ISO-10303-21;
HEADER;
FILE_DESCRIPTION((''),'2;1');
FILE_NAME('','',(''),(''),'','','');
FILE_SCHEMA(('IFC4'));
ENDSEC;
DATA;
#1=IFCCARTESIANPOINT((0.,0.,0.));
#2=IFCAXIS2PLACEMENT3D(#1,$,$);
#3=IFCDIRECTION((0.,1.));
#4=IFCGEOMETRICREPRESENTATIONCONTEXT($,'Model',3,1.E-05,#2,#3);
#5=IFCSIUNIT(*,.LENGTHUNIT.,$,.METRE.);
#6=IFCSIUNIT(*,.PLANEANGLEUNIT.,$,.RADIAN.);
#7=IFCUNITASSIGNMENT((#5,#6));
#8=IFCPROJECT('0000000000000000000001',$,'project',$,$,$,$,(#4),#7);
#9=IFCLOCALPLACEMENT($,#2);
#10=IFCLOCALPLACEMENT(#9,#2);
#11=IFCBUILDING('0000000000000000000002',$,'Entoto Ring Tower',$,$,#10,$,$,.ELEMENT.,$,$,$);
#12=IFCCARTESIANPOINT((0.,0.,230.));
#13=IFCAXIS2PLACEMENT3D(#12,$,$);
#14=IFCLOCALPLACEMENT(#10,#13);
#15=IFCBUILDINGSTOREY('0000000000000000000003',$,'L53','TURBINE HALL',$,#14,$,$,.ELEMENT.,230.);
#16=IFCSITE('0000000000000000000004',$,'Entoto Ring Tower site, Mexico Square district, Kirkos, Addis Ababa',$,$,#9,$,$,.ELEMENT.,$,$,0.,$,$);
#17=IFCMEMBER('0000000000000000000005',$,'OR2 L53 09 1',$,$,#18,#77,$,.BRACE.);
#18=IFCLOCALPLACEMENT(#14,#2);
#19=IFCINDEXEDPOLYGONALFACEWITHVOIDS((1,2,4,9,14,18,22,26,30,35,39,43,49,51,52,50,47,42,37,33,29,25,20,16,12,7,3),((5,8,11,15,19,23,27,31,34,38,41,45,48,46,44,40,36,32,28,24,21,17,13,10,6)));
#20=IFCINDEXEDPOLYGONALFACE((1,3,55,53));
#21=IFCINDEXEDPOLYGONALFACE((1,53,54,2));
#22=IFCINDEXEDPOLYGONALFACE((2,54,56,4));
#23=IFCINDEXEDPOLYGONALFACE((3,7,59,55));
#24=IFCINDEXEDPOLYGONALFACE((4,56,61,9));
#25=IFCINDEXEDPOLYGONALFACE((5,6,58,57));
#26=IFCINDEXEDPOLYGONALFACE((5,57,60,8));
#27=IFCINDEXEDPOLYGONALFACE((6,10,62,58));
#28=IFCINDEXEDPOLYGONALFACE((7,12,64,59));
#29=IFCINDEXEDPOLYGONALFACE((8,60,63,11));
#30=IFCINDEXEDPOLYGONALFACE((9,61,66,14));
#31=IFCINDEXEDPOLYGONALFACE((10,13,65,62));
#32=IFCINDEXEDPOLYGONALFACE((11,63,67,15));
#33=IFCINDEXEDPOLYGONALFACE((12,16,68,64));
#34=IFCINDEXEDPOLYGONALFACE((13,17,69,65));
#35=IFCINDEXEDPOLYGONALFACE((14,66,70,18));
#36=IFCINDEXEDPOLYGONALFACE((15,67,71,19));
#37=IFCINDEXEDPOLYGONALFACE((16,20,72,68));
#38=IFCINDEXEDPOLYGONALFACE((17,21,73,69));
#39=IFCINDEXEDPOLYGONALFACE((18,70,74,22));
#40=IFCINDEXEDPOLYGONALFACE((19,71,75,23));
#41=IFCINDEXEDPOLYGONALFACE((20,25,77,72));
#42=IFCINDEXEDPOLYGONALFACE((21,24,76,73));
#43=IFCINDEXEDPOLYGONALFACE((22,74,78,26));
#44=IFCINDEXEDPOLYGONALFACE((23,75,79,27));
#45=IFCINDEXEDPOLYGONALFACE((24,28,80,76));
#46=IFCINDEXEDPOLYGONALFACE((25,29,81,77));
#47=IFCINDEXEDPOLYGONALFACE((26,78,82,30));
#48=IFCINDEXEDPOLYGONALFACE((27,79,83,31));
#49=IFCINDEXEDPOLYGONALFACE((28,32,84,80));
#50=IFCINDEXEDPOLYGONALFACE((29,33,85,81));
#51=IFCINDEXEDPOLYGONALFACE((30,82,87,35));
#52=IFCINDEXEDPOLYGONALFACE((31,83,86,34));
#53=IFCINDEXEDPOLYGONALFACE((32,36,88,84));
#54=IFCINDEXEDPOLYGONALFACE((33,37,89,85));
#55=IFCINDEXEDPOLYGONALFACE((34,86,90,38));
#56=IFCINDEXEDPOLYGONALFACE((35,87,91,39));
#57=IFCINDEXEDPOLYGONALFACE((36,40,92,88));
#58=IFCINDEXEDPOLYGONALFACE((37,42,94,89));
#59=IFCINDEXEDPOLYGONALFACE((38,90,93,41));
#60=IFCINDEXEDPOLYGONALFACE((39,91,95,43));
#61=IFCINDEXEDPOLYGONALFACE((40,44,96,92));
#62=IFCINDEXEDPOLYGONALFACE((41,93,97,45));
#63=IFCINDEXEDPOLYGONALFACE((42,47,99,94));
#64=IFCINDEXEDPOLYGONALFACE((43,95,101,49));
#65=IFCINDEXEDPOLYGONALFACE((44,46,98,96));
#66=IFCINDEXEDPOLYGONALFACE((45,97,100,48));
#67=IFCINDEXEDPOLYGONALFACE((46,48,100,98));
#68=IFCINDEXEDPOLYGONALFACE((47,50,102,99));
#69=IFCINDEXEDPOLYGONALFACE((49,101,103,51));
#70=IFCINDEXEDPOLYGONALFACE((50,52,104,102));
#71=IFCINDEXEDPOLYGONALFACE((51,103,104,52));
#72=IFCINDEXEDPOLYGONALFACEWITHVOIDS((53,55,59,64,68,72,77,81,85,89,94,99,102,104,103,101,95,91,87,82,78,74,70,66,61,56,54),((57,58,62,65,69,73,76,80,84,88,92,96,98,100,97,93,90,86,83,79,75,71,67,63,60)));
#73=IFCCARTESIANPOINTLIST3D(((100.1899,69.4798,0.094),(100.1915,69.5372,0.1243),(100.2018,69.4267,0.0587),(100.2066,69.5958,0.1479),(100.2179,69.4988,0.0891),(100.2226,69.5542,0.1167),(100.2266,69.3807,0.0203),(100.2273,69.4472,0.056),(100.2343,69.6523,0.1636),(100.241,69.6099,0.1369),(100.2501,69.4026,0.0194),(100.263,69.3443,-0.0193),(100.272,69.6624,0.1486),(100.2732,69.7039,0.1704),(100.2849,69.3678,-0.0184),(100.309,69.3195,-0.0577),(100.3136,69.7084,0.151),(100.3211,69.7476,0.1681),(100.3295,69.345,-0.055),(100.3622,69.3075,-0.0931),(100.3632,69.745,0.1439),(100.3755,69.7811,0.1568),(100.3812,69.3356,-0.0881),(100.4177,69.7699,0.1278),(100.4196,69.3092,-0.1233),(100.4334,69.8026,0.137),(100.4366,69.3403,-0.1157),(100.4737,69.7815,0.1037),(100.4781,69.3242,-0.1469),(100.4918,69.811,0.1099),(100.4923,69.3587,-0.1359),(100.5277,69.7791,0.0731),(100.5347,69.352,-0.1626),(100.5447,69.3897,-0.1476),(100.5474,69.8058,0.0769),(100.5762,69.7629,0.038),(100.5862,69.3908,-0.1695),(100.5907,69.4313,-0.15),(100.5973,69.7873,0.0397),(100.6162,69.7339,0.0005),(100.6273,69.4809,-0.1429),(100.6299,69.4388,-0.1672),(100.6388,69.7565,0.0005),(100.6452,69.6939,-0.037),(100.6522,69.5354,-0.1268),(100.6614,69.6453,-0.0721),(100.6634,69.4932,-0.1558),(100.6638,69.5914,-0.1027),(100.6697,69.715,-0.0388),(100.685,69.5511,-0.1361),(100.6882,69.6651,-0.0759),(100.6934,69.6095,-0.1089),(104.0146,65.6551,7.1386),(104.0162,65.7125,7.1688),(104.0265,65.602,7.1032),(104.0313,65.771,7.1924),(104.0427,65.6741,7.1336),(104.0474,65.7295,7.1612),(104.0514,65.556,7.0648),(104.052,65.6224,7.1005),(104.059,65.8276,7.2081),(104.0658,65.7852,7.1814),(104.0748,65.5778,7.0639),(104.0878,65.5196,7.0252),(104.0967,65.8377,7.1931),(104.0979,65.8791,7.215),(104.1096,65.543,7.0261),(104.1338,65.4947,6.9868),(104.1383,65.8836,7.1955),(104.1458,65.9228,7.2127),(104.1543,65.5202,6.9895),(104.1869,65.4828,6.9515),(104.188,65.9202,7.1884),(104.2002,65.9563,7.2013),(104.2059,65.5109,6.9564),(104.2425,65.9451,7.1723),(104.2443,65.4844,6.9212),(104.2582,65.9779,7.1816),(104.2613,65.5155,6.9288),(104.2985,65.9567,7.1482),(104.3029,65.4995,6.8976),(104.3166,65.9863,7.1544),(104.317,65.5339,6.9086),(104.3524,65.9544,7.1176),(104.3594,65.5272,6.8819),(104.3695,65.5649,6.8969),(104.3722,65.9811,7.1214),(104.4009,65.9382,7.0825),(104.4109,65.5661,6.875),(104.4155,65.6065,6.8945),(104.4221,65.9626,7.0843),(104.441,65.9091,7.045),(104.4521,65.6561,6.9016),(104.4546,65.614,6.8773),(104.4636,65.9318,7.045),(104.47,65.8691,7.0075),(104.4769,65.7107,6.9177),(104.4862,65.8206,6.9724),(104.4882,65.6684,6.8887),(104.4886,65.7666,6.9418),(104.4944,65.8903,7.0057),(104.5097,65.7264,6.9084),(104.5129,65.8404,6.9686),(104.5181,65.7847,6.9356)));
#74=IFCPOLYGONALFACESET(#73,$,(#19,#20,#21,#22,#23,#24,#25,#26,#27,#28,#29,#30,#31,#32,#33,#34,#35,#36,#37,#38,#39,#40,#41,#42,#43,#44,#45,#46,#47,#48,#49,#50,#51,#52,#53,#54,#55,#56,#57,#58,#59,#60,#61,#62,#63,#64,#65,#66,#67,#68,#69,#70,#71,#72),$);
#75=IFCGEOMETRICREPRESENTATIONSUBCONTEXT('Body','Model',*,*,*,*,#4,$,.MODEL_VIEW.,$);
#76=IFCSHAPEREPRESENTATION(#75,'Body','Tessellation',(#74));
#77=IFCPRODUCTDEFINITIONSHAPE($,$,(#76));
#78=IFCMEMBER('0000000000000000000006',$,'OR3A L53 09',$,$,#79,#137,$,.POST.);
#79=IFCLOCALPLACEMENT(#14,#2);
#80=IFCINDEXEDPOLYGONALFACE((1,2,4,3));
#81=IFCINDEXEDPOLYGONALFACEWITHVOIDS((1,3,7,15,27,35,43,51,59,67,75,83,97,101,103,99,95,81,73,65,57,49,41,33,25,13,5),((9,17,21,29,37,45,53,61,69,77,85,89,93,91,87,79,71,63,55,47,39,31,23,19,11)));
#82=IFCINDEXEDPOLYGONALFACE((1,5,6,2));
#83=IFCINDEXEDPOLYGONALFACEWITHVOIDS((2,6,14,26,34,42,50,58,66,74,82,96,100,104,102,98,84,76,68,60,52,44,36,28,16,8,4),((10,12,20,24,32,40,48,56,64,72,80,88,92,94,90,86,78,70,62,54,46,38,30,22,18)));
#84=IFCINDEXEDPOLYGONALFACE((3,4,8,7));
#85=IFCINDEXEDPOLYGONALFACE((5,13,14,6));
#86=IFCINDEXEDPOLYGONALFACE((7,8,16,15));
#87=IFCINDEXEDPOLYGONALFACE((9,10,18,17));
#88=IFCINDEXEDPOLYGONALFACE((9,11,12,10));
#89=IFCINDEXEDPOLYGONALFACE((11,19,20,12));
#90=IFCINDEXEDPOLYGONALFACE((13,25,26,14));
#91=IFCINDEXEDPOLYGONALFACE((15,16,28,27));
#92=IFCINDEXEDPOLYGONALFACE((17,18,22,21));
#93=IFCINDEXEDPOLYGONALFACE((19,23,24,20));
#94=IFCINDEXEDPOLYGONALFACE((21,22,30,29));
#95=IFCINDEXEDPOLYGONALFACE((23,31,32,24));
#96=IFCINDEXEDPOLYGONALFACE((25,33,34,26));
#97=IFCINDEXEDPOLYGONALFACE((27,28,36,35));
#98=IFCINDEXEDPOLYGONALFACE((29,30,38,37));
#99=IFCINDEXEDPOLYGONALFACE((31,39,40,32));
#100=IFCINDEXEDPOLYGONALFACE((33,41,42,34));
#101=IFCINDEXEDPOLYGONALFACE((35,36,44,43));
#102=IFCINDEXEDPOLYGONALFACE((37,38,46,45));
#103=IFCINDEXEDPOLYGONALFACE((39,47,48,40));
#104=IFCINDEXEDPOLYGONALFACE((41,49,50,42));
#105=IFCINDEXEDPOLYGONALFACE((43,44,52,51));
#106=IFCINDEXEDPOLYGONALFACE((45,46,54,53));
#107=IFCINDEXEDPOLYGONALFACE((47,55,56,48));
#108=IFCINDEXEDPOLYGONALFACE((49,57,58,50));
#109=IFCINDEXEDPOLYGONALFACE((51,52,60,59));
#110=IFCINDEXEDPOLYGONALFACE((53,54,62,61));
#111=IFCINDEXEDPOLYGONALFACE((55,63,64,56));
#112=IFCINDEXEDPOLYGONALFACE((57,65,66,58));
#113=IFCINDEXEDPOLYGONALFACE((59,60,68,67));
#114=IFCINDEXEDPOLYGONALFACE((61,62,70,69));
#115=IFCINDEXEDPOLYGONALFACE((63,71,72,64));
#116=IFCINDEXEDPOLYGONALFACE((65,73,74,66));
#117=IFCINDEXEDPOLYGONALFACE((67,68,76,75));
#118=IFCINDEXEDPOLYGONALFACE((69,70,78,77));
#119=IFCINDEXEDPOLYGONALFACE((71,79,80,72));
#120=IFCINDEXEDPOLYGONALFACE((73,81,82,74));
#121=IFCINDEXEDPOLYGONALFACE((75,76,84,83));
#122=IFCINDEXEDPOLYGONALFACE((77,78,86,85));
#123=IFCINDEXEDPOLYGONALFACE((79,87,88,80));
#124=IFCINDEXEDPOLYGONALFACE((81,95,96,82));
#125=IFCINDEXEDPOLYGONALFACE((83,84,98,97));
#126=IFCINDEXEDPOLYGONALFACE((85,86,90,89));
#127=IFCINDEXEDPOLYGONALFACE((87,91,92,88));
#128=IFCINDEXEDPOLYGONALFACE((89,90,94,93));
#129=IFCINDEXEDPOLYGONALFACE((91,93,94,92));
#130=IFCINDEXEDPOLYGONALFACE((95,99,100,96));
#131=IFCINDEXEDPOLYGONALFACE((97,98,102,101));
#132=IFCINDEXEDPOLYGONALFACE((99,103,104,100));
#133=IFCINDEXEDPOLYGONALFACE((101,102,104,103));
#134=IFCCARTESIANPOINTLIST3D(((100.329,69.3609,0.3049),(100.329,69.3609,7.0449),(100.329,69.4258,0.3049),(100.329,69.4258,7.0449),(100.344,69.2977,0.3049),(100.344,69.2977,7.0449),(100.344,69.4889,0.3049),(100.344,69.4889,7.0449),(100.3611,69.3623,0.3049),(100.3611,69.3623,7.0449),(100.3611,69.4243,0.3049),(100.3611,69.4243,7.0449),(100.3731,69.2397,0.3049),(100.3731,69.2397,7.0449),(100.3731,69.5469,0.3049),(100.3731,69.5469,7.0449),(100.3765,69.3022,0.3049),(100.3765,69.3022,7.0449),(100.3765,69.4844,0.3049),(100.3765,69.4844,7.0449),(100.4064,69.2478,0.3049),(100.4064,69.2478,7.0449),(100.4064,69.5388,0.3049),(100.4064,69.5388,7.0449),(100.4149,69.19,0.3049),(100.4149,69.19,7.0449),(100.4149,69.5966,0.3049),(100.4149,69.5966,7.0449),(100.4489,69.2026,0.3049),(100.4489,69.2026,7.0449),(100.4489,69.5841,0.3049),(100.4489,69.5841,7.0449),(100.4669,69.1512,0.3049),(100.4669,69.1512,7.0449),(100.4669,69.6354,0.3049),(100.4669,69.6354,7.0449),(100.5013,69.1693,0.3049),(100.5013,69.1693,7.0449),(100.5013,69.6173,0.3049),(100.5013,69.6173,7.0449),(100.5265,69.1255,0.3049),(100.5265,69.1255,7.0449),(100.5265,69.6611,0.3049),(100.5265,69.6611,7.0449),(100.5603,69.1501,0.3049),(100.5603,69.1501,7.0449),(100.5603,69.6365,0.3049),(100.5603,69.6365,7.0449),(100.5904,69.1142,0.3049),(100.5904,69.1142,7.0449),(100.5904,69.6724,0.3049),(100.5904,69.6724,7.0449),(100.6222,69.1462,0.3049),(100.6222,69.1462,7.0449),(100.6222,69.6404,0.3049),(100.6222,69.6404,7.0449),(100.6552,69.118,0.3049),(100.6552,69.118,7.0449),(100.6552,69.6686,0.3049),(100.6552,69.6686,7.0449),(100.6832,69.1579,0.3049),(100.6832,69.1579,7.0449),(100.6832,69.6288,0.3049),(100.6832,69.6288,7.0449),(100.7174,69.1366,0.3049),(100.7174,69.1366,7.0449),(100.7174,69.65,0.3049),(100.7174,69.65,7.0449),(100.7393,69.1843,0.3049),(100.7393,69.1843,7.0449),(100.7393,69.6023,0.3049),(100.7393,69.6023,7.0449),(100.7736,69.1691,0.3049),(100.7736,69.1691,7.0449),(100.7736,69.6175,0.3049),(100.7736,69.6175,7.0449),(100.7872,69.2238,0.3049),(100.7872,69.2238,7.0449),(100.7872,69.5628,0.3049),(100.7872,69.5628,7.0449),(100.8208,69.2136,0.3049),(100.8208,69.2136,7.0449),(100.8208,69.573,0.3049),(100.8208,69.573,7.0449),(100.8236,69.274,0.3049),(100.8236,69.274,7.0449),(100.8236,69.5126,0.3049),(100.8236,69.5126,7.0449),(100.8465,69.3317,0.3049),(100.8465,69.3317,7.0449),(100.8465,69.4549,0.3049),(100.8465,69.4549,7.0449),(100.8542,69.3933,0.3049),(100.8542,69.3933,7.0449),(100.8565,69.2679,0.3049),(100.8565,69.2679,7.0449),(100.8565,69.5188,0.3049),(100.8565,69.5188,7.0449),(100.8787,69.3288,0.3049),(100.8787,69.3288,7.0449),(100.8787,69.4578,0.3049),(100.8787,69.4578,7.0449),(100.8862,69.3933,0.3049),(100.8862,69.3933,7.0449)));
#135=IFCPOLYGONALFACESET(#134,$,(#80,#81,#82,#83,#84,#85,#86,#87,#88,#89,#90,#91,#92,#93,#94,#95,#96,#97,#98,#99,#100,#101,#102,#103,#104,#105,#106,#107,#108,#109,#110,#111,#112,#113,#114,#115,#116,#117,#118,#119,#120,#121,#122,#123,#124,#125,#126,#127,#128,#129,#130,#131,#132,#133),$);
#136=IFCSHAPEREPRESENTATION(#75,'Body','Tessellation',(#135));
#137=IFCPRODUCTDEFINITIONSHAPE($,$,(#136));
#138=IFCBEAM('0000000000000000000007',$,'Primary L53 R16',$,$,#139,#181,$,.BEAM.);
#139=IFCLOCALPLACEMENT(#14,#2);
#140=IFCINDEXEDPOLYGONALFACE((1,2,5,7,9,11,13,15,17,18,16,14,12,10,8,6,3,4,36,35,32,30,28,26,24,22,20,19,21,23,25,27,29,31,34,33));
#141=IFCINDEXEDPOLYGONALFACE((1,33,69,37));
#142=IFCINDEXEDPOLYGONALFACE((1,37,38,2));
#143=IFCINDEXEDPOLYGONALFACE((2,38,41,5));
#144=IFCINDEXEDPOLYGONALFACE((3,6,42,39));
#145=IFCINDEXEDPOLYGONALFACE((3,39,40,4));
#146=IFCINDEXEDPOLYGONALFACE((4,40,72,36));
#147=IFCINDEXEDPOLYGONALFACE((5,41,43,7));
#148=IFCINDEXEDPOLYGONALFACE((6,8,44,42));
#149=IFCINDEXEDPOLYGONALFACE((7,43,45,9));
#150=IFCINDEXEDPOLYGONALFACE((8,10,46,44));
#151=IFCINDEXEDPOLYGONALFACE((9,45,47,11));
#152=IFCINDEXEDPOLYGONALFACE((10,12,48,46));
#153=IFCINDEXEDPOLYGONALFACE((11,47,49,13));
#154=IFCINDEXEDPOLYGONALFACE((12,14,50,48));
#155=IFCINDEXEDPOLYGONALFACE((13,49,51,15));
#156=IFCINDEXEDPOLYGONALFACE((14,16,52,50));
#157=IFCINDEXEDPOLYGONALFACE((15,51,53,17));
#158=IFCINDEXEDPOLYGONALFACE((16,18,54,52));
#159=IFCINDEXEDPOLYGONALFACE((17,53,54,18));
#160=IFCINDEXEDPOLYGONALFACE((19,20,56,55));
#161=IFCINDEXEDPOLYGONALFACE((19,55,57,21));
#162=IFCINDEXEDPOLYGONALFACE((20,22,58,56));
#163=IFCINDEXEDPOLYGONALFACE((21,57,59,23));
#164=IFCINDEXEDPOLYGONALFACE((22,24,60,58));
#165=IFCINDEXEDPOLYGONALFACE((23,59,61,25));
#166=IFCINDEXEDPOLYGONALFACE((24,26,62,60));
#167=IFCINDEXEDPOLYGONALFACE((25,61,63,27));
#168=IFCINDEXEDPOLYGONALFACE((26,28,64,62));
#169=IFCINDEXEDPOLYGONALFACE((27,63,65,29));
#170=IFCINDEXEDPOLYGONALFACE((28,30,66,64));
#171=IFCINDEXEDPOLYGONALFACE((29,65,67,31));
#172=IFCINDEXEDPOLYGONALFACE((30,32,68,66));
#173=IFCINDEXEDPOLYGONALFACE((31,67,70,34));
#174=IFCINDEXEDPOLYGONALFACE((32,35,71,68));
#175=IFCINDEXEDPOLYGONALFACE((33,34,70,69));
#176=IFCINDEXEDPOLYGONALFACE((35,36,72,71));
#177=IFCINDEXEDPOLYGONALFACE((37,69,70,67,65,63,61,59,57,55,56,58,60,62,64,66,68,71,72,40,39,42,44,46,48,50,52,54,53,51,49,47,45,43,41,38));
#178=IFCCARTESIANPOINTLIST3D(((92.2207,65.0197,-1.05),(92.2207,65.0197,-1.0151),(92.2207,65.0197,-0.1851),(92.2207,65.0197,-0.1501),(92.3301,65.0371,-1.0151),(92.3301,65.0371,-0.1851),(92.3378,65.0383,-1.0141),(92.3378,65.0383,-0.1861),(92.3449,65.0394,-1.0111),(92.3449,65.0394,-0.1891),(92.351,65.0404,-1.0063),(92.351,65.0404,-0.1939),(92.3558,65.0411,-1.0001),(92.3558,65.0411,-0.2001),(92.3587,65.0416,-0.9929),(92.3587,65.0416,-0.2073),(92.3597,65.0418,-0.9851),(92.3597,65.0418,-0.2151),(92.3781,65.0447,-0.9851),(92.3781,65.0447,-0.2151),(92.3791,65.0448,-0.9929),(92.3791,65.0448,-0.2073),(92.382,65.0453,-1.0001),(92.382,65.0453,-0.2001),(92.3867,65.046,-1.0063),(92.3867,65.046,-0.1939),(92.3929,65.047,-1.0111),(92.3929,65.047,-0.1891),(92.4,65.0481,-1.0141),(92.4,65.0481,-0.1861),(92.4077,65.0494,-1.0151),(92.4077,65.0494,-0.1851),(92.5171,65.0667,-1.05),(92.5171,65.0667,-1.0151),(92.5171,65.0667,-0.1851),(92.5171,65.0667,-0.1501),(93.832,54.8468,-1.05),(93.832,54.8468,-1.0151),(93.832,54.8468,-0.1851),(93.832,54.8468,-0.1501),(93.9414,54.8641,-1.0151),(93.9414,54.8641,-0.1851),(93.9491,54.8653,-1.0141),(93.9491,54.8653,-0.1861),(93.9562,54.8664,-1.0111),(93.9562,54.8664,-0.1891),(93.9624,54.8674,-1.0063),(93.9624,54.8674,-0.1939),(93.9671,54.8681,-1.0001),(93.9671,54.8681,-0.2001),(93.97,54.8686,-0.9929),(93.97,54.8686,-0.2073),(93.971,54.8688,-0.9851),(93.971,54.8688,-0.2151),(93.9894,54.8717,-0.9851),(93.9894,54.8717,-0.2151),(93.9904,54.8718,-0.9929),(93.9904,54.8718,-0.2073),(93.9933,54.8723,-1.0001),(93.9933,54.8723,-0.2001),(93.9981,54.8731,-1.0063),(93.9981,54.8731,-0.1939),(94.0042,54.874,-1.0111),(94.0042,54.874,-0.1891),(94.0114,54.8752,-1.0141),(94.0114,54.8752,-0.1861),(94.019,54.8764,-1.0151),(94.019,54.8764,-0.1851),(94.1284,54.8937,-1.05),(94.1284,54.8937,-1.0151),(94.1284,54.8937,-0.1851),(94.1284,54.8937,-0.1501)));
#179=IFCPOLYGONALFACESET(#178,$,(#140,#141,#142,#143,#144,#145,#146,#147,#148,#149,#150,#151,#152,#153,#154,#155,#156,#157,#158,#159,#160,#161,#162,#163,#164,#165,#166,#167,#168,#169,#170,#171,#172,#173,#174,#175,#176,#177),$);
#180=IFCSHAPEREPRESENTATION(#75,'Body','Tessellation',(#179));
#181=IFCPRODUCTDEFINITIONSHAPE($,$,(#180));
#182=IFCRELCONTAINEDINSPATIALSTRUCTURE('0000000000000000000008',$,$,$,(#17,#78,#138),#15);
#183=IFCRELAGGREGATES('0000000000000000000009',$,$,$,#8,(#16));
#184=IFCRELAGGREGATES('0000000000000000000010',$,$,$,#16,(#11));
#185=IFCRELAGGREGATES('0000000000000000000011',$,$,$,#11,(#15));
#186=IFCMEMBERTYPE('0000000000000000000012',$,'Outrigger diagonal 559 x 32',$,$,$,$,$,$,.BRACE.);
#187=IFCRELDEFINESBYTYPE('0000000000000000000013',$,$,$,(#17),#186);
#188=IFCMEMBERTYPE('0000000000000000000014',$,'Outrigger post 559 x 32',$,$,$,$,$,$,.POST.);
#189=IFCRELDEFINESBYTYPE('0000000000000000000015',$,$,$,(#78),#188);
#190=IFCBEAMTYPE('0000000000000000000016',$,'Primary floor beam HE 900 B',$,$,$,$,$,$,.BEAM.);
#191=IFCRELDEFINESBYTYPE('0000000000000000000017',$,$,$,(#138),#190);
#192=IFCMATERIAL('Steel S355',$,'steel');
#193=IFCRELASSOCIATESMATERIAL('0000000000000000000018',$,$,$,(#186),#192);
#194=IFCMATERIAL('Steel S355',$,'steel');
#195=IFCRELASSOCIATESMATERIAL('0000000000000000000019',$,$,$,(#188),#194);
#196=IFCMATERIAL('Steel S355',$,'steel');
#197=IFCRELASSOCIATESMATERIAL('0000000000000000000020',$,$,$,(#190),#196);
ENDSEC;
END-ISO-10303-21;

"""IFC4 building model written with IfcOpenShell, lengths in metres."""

from ifc_helpers import new_model, si_unit, direction, frame, origin, origin_2d, place, context, subcontext, project, spatial, circle, hollow_circle, i_section, extrude, material, material_profile, profile_set, type_object, element, save


model = new_model("IFC4")

# Units and contexts
model_context = context("Model", 3, precision=1e-05, world=origin(), true_north=direction((0.0, 1.0)))
body_context = subcontext(model_context, "Body", "Model", "MODEL_VIEW")
ifc_project = project(units=[si_unit("LENGTHUNIT", "METRE"), si_unit("PLANEANGLEUNIT", "RADIAN")], contexts=[model_context])

# Site, building, storey
site_placement = place(None, origin())
site = spatial("IfcSite", under=ifc_project, at=site_placement, Name="Entoto Ring Tower site, Mexico Square district, Kirkos, Addis Ababa", CompositionType="ELEMENT", RefElevation=0.0)
building_placement = place(site_placement, origin())
building = spatial("IfcBuilding", under=site, at=building_placement, Name="Entoto Ring Tower", CompositionType="ELEMENT")
storey_placement = place(building_placement, frame((0.0, 0.0, 230.0)))
storey = spatial("IfcBuildingStorey", under=building, at=storey_placement, Name="L53", Description="TURBINE HALL", CompositionType="ELEMENT", Elevation=230.0)

# Members
ifc_material_1 = material(Name="Steel S355", Category="steel")
ifc_material_profile_1 = material_profile(ifc_material_1, hollow_circle(Radius=0.2795, WallThickness=0.032, at=origin_2d()), Name="CHS 559 x 32")
ifc_material_2 = material(Name="Concrete C60/75", Category="concrete")
ifc_material_profile_2 = material_profile(ifc_material_2, circle(Radius=0.2476, at=origin_2d()), Name="Concrete C60/75 infill")
ifc_profile_set_1 = profile_set([ifc_material_profile_1, ifc_material_profile_2], Name="Steel S355")
member_type_1 = type_object("IfcMemberType", Name="Outrigger diagonal 559 x 32", PredefinedType="BRACE", material=ifc_profile_set_1)
member_1_placement = place(storey_placement, frame((100.4412, 69.5588, 0.0005), z_axis=(0.430638, -0.430638, 0.793159), x_axis=(0.707107, 0.707107, 0.0)))
element("IfcMember", 1, at=member_1_placement, inside=storey, type_object=member_type_1, Name="OR2 L53 09 1", PredefinedType="BRACE", context=body_context, shape_type="SweptSolid", body=[
    extrude(hollow_circle(Radius=0.2795, WallThickness=0.032, at=origin_2d()), origin(), (0.0, 0.0, 1.0), 8.8816),
])
ifc_material_3 = material(Name="Steel S355", Category="steel")
ifc_material_profile_3 = material_profile(ifc_material_3, hollow_circle(Radius=0.2795, WallThickness=0.032, at=origin_2d()), Name="CHS 559 x 32")
ifc_material_4 = material(Name="Concrete C60/75", Category="concrete")
ifc_material_profile_4 = material_profile(ifc_material_4, circle(Radius=0.2476, at=origin_2d()), Name="Concrete C60/75 infill")
ifc_profile_set_2 = profile_set([ifc_material_profile_3, ifc_material_profile_4], Name="Steel S355")
member_type_2 = type_object("IfcMemberType", Name="Outrigger post 559 x 32", PredefinedType="POST", material=ifc_profile_set_2)
member_2_placement = place(storey_placement, frame((100.6067, 69.3933, 0.3049), z_axis=(0.0, 0.0, 1.0), x_axis=(1.0, 0.0, 0.0)))
element("IfcMember", 2, at=member_2_placement, inside=storey, type_object=member_type_2, Name="OR3A L53 09", PredefinedType="POST", context=body_context, shape_type="SweptSolid", body=[
    extrude(hollow_circle(Radius=0.2795, WallThickness=0.032, at=origin_2d()), origin(), (0.0, 0.0, 1.0), 6.74),
])

# Beam
ifc_material_5 = material(Name="Steel S355", Category="steel")
ifc_material_profile_5 = material_profile(ifc_material_5, i_section(OverallWidth=0.3, OverallDepth=0.8999, WebThickness=0.0186, FlangeThickness=0.0349, FilletRadius=0.03, at=origin_2d()), Name="HE 900 B")
ifc_profile_set_3 = profile_set([ifc_material_profile_5], Name="Steel S355")
beam_type_1 = type_object("IfcBeamType", Name="Primary floor beam HE 900 B", PredefinedType="BEAM", material=ifc_profile_set_3)
beam_1_placement = place(storey_placement, frame((92.3689, 65.0432, -0.6001), z_axis=(0.156441, -0.987687, 0.0), x_axis=(0.987687, 0.156441, 0.0)))
element("IfcBeam", 3, at=beam_1_placement, inside=storey, type_object=beam_type_1, Name="Primary L53 R16", PredefinedType="BEAM", context=body_context, shape_type="SweptSolid", body=[
    extrude(i_section(OverallWidth=0.3, OverallDepth=0.8999, WebThickness=0.0186, FlangeThickness=0.0349, FilletRadius=0.03, at=origin_2d()), origin(), (0.0, 0.0, 1.0), 10.2998),
])

save(model, "model.ifc")
